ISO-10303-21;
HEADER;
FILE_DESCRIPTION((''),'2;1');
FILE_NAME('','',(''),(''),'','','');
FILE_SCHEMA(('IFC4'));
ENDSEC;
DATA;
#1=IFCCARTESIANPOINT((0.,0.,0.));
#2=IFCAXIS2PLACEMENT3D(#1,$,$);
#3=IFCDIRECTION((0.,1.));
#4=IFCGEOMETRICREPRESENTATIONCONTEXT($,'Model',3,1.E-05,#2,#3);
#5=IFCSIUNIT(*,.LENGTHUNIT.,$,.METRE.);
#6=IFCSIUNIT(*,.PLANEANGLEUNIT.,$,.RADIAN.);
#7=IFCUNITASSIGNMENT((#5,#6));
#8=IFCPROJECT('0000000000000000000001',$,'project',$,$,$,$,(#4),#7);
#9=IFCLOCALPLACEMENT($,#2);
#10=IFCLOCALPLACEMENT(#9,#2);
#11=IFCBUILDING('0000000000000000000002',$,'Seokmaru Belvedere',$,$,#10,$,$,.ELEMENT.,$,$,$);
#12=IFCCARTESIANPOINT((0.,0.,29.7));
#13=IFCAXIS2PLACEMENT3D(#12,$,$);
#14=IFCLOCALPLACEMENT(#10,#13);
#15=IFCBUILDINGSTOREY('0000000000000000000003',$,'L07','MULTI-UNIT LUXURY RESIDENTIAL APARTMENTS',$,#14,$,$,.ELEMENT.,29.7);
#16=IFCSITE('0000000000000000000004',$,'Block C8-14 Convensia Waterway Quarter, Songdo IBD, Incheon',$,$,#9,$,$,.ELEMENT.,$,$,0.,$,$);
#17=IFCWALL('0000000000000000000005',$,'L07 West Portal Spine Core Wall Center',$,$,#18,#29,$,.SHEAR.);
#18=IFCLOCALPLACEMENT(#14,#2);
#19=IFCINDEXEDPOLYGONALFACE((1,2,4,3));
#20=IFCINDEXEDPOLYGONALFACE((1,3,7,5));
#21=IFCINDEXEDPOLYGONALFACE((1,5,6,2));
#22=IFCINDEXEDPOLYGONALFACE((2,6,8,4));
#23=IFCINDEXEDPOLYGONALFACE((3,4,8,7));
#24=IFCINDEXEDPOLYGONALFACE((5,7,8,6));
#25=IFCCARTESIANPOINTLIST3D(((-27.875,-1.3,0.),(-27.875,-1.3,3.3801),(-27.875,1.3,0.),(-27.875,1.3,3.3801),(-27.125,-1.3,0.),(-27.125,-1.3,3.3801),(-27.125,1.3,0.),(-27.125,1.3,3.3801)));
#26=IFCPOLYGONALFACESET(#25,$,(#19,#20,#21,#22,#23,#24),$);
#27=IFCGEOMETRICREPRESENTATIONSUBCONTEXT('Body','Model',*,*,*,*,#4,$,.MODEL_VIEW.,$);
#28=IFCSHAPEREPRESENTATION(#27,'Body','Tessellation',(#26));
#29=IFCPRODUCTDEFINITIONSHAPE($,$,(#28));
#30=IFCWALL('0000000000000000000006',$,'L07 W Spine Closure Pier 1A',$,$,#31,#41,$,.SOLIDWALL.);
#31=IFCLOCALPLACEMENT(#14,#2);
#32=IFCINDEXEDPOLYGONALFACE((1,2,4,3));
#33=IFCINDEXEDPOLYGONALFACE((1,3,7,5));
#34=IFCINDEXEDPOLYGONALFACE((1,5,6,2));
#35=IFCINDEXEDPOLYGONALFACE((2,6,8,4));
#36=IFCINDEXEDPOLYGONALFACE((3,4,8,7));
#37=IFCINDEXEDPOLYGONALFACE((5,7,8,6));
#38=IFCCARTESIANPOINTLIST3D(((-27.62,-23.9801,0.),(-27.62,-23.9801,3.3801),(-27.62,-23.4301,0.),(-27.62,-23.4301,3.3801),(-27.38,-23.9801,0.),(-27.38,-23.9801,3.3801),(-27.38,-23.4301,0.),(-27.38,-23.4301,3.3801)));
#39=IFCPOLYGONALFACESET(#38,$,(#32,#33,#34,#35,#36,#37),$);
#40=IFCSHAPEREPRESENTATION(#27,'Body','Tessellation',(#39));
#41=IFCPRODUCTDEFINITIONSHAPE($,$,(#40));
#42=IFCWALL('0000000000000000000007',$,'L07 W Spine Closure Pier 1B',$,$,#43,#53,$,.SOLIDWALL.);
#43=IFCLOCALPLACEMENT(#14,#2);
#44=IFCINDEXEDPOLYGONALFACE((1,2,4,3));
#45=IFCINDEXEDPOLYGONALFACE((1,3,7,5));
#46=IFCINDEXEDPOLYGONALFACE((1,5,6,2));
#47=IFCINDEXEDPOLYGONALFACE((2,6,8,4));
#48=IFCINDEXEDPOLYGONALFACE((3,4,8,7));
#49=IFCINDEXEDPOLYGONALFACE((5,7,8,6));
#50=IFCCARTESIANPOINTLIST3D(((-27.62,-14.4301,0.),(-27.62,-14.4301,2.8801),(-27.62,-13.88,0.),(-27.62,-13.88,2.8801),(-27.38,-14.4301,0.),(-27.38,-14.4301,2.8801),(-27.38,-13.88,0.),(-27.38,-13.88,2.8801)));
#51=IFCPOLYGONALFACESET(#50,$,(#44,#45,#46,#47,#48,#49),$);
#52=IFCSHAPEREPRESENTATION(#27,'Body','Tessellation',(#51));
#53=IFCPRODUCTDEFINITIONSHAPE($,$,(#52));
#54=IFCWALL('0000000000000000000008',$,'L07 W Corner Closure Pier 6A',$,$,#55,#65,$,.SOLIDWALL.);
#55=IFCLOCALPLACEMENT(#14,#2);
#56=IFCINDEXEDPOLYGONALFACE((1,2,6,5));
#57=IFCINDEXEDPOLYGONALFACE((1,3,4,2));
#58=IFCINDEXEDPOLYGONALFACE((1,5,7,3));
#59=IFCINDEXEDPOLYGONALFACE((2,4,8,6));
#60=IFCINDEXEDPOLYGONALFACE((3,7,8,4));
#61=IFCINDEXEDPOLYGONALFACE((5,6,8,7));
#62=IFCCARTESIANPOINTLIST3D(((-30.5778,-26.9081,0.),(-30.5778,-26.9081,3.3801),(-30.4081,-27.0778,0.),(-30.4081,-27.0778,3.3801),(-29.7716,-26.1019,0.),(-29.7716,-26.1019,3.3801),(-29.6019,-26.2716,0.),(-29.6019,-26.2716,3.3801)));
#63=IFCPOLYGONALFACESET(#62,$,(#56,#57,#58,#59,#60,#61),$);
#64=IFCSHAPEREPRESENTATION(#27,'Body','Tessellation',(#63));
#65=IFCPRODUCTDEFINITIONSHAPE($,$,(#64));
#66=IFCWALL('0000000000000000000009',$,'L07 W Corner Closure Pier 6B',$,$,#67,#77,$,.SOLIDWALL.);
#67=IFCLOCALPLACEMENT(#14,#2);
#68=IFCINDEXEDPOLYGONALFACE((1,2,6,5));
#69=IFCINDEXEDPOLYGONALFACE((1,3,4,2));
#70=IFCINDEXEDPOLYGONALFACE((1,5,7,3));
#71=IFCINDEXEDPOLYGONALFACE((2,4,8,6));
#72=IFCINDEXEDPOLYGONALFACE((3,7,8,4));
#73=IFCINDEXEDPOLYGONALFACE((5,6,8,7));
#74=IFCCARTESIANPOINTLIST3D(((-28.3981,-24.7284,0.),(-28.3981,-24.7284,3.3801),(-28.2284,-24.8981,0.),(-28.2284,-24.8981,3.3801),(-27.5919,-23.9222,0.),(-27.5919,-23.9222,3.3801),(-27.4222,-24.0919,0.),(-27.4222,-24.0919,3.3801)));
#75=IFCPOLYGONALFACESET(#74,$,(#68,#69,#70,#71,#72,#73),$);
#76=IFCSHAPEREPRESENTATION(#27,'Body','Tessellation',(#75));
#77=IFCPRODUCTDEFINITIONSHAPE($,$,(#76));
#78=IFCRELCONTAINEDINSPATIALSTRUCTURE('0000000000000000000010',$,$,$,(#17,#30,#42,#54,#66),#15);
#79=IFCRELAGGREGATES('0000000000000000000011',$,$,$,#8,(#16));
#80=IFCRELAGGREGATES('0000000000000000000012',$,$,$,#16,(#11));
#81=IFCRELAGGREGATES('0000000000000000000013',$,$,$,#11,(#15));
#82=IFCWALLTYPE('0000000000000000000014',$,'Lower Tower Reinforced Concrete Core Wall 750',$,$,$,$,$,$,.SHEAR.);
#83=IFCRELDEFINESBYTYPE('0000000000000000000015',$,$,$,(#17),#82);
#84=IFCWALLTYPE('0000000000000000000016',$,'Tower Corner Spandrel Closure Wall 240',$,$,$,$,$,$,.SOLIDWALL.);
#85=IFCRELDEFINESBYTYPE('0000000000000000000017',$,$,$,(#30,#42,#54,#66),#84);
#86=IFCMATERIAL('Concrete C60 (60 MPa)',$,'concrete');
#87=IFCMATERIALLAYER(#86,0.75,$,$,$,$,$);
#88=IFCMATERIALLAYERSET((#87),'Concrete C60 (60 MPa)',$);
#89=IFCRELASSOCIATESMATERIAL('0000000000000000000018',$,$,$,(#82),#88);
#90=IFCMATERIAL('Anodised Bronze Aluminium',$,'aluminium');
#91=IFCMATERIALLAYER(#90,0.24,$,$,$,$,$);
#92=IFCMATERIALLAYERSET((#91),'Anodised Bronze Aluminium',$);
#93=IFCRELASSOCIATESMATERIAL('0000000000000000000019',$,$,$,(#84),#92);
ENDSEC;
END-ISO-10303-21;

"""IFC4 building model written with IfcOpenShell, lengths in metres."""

from ifc_helpers import new_model, si_unit, direction, frame, frame_2d, origin, place, context, subcontext, project, spatial, rectangle, extrude, material, layer, layer_set, type_object, element, save


model = new_model("IFC4")

# Units and contexts
model_context = context("Model", 3, precision=1e-05, world=origin(), true_north=direction((0.0, 1.0)))
body_context = subcontext(model_context, "Body", "Model", "MODEL_VIEW")
ifc_project = project(units=[si_unit("LENGTHUNIT", "METRE"), si_unit("PLANEANGLEUNIT", "RADIAN")], contexts=[model_context])

# Site, building, storey
site_placement = place(None, origin())
site = spatial("IfcSite", under=ifc_project, at=site_placement, Name="Block C8-14 Convensia Waterway Quarter, Songdo IBD, Incheon", CompositionType="ELEMENT", RefElevation=0.0)
building_placement = place(site_placement, origin())
building = spatial("IfcBuilding", under=site, at=building_placement, Name="Seokmaru Belvedere", CompositionType="ELEMENT")
storey_placement = place(building_placement, frame((0.0, 0.0, 29.7)))
storey = spatial("IfcBuildingStorey", under=building, at=storey_placement, Name="L07", Description="MULTI-UNIT LUXURY RESIDENTIAL APARTMENTS", CompositionType="ELEMENT", Elevation=29.7)

# Shared definitions
ifc_material_1 = material(Name="Anodised Bronze Aluminium", Category="aluminium")

# Walls
ifc_material_2 = material(Name="Concrete C60 (60 MPa)", Category="concrete")
ifc_layer_1 = layer(ifc_material_2, 0.75)
ifc_layer_set_1 = layer_set([ifc_layer_1], Name="Concrete C60 (60 MPa)")
wall_type_1 = type_object("IfcWallType", Name="Lower Tower Reinforced Concrete Core Wall 750", PredefinedType="SHEAR", material=ifc_layer_set_1)
wall_1_placement = place(storey_placement, frame((-27.5, -1.3, 0.0), z_axis=(0.0, 0.0, 1.0), x_axis=(0.0, 1.0, 0.0)))
element("IfcWall", 1, at=wall_1_placement, inside=storey, type_object=wall_type_1, Name="L07 West Portal Spine Core Wall Center", PredefinedType="SHEAR", context=body_context, shape_type="SweptSolid", body=[
    extrude(rectangle(XDim=2.6001, YDim=0.75, at=frame_2d((1.3, 0.0))), origin(), (0.0, 0.0, 1.0), 3.3801),
])
ifc_layer_2 = layer(ifc_material_1, 0.24)
ifc_layer_set_2 = layer_set([ifc_layer_2], Name="Anodised Bronze Aluminium")
wall_type_2 = type_object("IfcWallType", Name="Tower Corner Spandrel Closure Wall 240", PredefinedType="SOLIDWALL", material=ifc_layer_set_2)
wall_2_placement = place(storey_placement, frame((-27.5, -23.98, 0.0), z_axis=(0.0, 0.0, 1.0), x_axis=(0.0, 1.0, 0.0)))
element("IfcWall", 2, at=wall_2_placement, inside=storey, type_object=wall_type_2, Name="L07 W Spine Closure Pier 1A", PredefinedType="SOLIDWALL", context=body_context, shape_type="SweptSolid", body=[
    extrude(rectangle(XDim=0.55, YDim=0.24, at=frame_2d((0.2749, 0.0))), origin(), (0.0, 0.0, 1.0), 3.3801),
])
wall_3_placement = place(storey_placement, frame((-27.5, -14.4299, 0.0), z_axis=(0.0, 0.0, 1.0), x_axis=(0.0, 1.0, 0.0)))
element("IfcWall", 3, at=wall_3_placement, inside=storey, type_object=wall_type_2, Name="L07 W Spine Closure Pier 1B", PredefinedType="SOLIDWALL", context=body_context, shape_type="SweptSolid", body=[
    extrude(rectangle(XDim=0.55, YDim=0.24, at=frame_2d((0.2749, 0.0))), origin(), (0.0, 0.0, 1.0), 2.8801),
])
for number, where, z_axis, x_axis, name in (
    (4, (-30.4929, -26.9929, 0.0), (0.0, 0.0, 1.0), (0.707107, 0.707107, 0.0), "L07 W Corner Closure Pier 6A"),
    (5, (-28.3132, -24.8132, 0.0), (0.0, 0.0, 1.0), (0.707107, 0.707107, 0.0), "L07 W Corner Closure Pier 6B"),
):
    element("IfcWall", number, at=place(storey_placement, frame(where, z_axis=z_axis, x_axis=x_axis)), inside=storey, type_object=wall_type_2, Name=name, PredefinedType="SOLIDWALL", context=body_context, shape_type="SweptSolid", body=[
        extrude(rectangle(XDim=1.1401, YDim=0.24, at=frame_2d((0.5701, 0.0))), origin(), (0.0, 0.0, 1.0), 3.3801),
    ])

save(model, "model.ifc")
